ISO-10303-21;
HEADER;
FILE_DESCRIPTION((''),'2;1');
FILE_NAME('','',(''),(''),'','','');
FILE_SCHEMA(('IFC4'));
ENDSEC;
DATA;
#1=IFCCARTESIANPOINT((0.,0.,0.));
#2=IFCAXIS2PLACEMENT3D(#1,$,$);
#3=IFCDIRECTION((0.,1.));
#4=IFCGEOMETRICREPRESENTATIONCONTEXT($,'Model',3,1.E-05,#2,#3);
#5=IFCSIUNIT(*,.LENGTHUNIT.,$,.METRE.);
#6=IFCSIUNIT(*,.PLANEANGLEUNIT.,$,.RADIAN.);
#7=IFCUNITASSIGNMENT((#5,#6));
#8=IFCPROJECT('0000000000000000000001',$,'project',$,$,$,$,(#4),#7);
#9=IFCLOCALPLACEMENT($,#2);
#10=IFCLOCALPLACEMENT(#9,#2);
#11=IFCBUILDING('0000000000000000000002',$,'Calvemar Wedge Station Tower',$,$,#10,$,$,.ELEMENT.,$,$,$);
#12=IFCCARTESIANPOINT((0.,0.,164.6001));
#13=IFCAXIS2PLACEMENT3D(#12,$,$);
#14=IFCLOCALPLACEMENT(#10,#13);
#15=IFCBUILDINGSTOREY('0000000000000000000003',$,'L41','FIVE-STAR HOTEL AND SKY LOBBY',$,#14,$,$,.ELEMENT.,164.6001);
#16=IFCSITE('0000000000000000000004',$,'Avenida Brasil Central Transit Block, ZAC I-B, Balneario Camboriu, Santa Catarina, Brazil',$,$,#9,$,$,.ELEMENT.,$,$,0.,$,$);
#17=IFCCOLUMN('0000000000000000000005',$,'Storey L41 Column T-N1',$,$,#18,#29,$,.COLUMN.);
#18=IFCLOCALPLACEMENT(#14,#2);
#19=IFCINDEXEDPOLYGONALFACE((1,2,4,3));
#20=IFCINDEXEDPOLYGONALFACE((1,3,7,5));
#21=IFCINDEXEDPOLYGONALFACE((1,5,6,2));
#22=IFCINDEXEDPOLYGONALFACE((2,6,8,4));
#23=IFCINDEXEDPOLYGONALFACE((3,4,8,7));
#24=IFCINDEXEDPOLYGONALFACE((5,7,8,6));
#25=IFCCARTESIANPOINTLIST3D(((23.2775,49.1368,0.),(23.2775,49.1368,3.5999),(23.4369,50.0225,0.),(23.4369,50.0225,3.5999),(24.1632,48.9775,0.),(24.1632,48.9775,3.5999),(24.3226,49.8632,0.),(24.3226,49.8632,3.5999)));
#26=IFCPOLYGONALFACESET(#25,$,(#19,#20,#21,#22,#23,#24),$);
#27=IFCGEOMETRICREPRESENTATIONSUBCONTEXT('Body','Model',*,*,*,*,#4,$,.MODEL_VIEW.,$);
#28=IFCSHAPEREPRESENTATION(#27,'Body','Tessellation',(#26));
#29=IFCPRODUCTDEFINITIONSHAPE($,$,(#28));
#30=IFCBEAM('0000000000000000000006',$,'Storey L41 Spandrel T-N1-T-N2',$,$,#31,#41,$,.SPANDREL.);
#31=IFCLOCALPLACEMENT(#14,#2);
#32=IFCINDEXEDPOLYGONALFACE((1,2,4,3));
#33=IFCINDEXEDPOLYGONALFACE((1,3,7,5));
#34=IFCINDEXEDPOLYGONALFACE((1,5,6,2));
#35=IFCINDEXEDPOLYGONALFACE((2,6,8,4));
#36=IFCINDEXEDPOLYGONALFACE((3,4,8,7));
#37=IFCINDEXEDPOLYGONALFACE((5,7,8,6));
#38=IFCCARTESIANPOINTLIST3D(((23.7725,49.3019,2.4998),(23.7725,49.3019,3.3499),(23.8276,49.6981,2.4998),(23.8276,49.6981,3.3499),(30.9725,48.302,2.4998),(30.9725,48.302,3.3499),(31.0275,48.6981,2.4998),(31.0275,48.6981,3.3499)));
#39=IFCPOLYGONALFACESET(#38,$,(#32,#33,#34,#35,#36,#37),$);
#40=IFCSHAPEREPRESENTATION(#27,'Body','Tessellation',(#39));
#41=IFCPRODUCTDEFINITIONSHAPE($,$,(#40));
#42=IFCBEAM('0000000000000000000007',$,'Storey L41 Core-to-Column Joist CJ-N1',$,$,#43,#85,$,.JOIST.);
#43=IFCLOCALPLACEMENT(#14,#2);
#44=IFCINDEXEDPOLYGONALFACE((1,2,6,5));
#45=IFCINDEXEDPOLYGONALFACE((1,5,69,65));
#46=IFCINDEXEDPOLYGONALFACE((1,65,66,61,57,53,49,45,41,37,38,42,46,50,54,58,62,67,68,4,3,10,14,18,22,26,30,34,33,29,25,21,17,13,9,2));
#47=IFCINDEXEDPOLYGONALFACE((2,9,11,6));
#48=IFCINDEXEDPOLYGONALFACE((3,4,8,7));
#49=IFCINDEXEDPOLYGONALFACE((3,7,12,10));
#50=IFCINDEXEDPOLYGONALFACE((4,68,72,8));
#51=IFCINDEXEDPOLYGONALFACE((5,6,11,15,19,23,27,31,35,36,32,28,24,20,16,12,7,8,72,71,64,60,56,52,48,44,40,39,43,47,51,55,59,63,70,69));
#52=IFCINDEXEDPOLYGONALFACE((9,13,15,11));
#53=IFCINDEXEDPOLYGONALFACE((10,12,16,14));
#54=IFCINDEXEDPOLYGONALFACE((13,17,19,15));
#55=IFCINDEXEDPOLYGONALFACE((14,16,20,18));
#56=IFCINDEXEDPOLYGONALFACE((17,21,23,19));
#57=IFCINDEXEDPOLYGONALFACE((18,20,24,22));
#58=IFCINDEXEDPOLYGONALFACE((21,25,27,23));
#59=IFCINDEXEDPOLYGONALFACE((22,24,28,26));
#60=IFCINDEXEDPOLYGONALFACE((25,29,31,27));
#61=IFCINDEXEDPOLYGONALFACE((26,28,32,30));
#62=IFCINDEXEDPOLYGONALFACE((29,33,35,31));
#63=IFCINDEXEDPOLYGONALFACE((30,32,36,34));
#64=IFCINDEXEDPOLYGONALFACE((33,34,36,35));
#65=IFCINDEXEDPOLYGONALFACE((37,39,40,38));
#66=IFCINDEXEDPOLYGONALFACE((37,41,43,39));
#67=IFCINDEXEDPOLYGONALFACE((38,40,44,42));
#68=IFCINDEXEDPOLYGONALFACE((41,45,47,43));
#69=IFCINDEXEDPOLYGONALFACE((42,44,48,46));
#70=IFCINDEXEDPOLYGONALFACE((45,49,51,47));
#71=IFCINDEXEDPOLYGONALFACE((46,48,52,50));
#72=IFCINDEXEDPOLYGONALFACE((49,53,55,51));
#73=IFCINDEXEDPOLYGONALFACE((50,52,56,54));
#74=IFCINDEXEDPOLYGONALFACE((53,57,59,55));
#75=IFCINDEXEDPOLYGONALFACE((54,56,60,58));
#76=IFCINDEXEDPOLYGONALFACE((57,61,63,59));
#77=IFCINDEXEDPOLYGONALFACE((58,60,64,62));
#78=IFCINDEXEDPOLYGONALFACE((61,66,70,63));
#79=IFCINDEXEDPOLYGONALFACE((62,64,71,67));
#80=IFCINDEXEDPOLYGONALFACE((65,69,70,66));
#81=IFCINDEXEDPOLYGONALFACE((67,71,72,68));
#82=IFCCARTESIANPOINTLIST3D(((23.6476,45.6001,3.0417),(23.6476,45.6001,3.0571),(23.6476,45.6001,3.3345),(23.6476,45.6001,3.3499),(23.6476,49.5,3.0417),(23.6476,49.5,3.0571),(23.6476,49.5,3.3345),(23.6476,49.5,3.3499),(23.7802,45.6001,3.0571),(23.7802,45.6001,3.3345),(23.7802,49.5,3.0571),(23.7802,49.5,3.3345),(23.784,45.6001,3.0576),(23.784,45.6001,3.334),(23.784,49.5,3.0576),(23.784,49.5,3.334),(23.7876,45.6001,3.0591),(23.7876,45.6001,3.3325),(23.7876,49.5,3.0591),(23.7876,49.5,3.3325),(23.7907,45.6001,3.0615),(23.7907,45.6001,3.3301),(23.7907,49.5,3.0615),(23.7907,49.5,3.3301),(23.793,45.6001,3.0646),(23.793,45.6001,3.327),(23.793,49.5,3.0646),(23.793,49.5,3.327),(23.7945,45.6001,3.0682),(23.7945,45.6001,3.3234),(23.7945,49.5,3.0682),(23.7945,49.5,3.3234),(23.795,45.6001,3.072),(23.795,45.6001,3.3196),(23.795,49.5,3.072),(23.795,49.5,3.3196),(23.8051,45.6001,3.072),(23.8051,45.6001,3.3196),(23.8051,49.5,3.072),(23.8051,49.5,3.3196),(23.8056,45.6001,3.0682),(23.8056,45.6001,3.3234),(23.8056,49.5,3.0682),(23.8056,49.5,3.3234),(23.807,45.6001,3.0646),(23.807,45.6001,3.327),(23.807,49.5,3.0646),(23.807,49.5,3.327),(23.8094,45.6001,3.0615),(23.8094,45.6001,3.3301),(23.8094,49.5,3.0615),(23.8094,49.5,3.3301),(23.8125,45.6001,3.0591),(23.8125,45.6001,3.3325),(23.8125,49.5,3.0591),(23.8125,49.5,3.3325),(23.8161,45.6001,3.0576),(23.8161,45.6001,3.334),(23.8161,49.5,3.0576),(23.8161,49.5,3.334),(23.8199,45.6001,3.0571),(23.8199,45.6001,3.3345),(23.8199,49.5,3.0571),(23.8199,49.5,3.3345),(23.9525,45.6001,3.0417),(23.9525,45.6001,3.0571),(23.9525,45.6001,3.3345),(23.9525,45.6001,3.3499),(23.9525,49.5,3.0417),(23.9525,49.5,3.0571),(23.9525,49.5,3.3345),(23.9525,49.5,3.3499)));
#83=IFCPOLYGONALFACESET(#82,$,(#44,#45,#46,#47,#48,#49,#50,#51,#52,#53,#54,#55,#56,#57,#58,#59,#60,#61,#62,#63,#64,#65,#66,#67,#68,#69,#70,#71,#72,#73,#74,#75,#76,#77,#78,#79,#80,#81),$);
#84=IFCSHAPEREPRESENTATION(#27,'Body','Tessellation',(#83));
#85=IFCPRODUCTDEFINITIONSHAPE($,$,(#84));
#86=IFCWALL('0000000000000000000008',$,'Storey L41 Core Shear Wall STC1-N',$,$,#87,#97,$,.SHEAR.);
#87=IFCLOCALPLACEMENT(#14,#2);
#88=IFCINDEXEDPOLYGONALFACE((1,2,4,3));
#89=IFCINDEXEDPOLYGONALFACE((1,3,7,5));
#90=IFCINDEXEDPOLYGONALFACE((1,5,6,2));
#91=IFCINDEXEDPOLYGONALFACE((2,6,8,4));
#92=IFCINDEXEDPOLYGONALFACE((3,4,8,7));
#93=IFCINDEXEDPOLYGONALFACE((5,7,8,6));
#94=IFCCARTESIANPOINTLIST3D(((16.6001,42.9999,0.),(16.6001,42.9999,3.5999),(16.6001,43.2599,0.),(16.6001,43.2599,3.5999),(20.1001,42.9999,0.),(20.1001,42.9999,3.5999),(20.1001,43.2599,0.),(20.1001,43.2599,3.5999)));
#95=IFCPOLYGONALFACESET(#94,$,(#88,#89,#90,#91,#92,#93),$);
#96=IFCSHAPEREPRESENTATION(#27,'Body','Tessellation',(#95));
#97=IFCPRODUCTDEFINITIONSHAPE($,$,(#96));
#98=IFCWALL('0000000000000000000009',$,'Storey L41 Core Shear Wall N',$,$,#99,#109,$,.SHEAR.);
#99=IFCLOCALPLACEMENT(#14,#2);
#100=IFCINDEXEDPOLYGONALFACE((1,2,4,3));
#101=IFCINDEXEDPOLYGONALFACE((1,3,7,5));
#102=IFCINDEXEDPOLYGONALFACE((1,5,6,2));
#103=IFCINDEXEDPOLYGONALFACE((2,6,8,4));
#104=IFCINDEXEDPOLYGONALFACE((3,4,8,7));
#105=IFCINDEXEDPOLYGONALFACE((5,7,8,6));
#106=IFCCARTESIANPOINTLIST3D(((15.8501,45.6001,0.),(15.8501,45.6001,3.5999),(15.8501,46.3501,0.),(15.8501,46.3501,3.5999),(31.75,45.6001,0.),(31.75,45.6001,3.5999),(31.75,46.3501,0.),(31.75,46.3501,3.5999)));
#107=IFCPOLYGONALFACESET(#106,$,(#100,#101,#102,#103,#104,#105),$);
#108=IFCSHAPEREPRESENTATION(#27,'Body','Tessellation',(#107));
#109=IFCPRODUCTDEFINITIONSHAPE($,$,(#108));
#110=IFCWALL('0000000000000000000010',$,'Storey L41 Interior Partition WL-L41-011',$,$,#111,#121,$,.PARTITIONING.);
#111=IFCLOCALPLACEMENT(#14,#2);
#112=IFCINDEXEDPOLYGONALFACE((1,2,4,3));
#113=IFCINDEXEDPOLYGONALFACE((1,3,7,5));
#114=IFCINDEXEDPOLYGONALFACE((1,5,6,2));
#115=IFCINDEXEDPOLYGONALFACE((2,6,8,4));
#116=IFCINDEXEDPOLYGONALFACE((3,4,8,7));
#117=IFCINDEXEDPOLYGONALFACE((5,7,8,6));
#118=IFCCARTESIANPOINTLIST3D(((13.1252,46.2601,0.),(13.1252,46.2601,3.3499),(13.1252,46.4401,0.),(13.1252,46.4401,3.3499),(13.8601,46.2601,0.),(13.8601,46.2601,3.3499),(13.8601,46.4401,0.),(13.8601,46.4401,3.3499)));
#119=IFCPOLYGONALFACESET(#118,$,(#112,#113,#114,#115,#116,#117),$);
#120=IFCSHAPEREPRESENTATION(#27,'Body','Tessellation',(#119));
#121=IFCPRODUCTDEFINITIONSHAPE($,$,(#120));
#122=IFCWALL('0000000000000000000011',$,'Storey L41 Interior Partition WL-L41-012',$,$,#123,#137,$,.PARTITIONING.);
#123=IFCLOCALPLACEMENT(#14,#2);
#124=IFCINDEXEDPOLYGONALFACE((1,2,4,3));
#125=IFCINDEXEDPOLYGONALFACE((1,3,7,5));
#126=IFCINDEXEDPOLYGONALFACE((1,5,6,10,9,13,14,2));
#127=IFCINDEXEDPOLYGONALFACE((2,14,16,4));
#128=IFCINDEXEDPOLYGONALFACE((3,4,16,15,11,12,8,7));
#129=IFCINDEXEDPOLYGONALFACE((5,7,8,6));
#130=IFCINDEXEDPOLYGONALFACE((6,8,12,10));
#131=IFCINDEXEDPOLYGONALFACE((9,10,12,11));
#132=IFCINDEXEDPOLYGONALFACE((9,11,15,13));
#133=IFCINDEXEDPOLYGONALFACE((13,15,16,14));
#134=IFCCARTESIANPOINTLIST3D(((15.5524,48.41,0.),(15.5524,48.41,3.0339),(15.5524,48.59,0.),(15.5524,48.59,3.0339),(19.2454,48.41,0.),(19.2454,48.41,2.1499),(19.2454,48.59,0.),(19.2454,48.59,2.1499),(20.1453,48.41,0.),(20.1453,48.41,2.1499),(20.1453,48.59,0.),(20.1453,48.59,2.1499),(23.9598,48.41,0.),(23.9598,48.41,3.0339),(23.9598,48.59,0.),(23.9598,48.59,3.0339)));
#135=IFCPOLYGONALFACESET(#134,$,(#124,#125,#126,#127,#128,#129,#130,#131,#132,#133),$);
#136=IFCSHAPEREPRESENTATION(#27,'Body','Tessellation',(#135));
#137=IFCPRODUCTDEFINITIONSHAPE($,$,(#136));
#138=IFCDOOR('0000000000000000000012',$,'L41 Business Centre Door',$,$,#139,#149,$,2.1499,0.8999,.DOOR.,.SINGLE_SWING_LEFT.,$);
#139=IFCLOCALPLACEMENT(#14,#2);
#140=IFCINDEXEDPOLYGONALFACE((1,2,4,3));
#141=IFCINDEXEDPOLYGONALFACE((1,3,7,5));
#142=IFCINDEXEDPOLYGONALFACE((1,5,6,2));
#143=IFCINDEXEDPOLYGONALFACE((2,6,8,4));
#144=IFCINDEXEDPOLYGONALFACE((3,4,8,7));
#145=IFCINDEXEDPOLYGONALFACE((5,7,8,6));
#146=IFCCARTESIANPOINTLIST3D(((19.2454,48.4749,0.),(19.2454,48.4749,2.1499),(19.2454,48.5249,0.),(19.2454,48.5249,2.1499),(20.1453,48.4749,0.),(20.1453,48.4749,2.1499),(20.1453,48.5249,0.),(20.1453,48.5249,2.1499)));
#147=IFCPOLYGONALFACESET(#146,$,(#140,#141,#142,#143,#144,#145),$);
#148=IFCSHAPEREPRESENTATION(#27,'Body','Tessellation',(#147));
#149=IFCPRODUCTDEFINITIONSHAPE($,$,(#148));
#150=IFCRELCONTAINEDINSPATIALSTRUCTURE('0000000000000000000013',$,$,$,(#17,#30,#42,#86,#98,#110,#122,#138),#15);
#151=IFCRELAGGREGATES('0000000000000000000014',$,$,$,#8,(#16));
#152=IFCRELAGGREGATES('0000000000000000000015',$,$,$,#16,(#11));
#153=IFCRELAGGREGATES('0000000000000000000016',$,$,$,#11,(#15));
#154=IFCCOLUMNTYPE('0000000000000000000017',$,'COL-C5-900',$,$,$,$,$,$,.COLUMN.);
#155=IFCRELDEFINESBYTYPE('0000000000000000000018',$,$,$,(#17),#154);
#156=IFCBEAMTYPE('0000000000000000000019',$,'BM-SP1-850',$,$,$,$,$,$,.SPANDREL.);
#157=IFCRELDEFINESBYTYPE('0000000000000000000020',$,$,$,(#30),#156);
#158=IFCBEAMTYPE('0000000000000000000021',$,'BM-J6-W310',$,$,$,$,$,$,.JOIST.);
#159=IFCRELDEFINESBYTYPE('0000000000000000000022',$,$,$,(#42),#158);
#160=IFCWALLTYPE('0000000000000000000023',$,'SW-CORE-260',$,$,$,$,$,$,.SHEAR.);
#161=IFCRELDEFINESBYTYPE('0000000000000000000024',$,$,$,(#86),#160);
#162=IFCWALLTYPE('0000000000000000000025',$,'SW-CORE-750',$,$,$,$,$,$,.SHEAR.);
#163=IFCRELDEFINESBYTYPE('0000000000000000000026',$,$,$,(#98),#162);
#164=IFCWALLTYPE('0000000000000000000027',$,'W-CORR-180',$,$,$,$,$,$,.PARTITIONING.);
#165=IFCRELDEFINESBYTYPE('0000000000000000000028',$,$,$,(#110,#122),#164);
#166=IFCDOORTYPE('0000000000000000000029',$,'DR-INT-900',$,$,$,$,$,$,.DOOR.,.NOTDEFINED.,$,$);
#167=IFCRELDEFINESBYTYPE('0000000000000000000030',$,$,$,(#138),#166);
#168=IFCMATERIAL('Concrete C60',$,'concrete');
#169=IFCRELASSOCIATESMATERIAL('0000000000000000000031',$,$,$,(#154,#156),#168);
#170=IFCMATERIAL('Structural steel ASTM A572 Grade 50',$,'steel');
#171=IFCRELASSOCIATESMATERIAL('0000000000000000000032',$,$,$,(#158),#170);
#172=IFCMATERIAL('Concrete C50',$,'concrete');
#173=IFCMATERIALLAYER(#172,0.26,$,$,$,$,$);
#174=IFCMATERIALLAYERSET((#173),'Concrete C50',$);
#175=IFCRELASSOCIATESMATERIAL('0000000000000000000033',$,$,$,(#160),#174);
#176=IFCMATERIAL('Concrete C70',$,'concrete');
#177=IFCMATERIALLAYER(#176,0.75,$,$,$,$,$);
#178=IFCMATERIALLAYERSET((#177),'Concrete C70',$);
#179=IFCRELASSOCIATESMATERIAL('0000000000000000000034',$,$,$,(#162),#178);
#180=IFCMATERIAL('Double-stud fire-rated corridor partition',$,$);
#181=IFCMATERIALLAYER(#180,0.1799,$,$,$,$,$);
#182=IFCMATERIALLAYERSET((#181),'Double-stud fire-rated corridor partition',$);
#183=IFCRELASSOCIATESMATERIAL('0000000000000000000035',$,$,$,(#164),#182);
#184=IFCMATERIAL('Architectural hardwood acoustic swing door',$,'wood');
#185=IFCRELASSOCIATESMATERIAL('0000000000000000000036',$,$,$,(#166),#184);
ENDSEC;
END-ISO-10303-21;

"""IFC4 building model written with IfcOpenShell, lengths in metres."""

from ifc_helpers import new_model, si_unit, direction, frame, frame_2d, origin, origin_2d, place, context, subcontext, project, spatial, rectangle, i_section, extrude, source, transform, mapped, material, layer, layer_set, material_profile, profile_set, type_object, element, fill, save


model = new_model("IFC4")

# Units and contexts
model_context = context("Model", 3, precision=1e-05, world=origin(), true_north=direction((0.0, 1.0)))
body_context = subcontext(model_context, "Body", "Model", "MODEL_VIEW")
ifc_project = project(units=[si_unit("LENGTHUNIT", "METRE"), si_unit("PLANEANGLEUNIT", "RADIAN")], contexts=[model_context])

# Site, building, storey
site_placement = place(None, origin())
site = spatial("IfcSite", under=ifc_project, at=site_placement, Name="Avenida Brasil Central Transit Block, ZAC I-B, Balneario Camboriu, Santa Catarina, Brazil", CompositionType="ELEMENT", RefElevation=0.0)
building_placement = place(site_placement, origin())
building = spatial("IfcBuilding", under=site, at=building_placement, Name="Calvemar Wedge Station Tower", CompositionType="ELEMENT")
storey_placement = place(building_placement, frame((0.0, 0.0, 164.6001)))
storey = spatial("IfcBuildingStorey", under=building, at=storey_placement, Name="L41", Description="FIVE-STAR HOTEL AND SKY LOBBY", CompositionType="ELEMENT", Elevation=164.6001)

# Column
ifc_material_1 = material(Name="Concrete C60", Category="concrete")
ifc_material_profile_1 = material_profile(ifc_material_1, rectangle(XDim=0.8999, YDim=0.8999, at=origin_2d()), Name="RC900x900")
ifc_profile_set_1 = profile_set([ifc_material_profile_1], Name="Concrete C60")
column_type = type_object("IfcColumnType", Name="COL-C5-900", PredefinedType="COLUMN", material=ifc_profile_set_1)
shared_shape_1 = source(origin(), body_context, "Body", "SweptSolid", [
    extrude(rectangle(XDim=0.8999, YDim=0.8999, at=origin_2d()), origin(), (0.0, 0.0, 1.0), 3.5999),
])
column_placement = place(storey_placement, frame((23.8, 49.5, 0.0), z_axis=(0.0, 0.0, 1.0), x_axis=(0.984196, -0.177085, 0.0)))
element("IfcColumn", 1, at=column_placement, inside=storey, type_object=column_type, Name="Storey L41 Column T-N1", PredefinedType="COLUMN", context=body_context, shape_type="MappedRepresentation", body=[
    mapped(shared_shape_1, transform((0.0, 0.0, 0.0), scale=1.0)),
])

# Beams
ifc_material_profile_2 = material_profile(ifc_material_1, rectangle(XDim=0.3999, YDim=0.8501, at=origin_2d()), Name="RC400x850")
ifc_profile_set_2 = profile_set([ifc_material_profile_2], Name="Concrete C60")
beam_type_1 = type_object("IfcBeamType", Name="BM-SP1-850", PredefinedType="SPANDREL", material=ifc_profile_set_2)
shared_shape_2 = source(origin(), body_context, "Body", "SweptSolid", [
    extrude(rectangle(XDim=0.3999, YDim=0.8501, at=origin_2d()), origin(), (0.0, 0.0, 1.0), 7.269),
])
beam_1_placement = place(storey_placement, frame((23.8, 49.5, 2.9248), z_axis=(0.990492, -0.137569, 0.0), x_axis=(0.137569, 0.990492, 0.0)))
element("IfcBeam", 2, at=beam_1_placement, inside=storey, type_object=beam_type_1, Name="Storey L41 Spandrel T-N1-T-N2", PredefinedType="SPANDREL", context=body_context, shape_type="MappedRepresentation", body=[
    mapped(shared_shape_2, transform((0.0, 0.0, 0.0), scale=1.0)),
])
ifc_material_2 = material(Name="Structural steel ASTM A572 Grade 50", Category="steel")
ifc_material_profile_3 = material_profile(ifc_material_2, i_section(OverallWidth=0.3049, OverallDepth=0.3081, WebThickness=0.01, FlangeThickness=0.0154, FilletRadius=0.0149, at=origin_2d()), Name="W310x97")
ifc_profile_set_3 = profile_set([ifc_material_profile_3], Name="Structural steel ASTM A572 Grade 50")
beam_type_2 = type_object("IfcBeamType", Name="BM-J6-W310", PredefinedType="JOIST", material=ifc_profile_set_3)
shared_shape_3 = source(origin(), body_context, "Body", "SweptSolid", [
    extrude(i_section(OverallWidth=0.3049, OverallDepth=0.3081, WebThickness=0.01, FlangeThickness=0.0154, FilletRadius=0.0149, at=origin_2d()), origin(), (0.0, 0.0, 1.0), 3.8999),
])
beam_2_placement = place(storey_placement, frame((23.8, 45.6001, 3.1958), z_axis=(0.0, 1.0, 0.0), x_axis=(-1.0, 0.0, 0.0)))
element("IfcBeam", 3, at=beam_2_placement, inside=storey, type_object=beam_type_2, Name="Storey L41 Core-to-Column Joist CJ-N1", PredefinedType="JOIST", context=body_context, shape_type="MappedRepresentation", body=[
    mapped(shared_shape_3, transform((0.0, 0.0, 0.0), scale=1.0)),
])

# Walls
ifc_material_3 = material(Name="Concrete C50", Category="concrete")
ifc_layer_1 = layer(ifc_material_3, 0.26)
ifc_layer_set_1 = layer_set([ifc_layer_1], Name="Concrete C50")
wall_type_1 = type_object("IfcWallType", Name="SW-CORE-260", PredefinedType="SHEAR", material=ifc_layer_set_1)
wall_1_placement = place(storey_placement, frame((16.6001, 43.1299, 0.0), z_axis=(0.0, 0.0, 1.0), x_axis=(1.0, 0.0, 0.0)))
element("IfcWall", 4, at=wall_1_placement, inside=storey, type_object=wall_type_1, Name="Storey L41 Core Shear Wall STC1-N", PredefinedType="SHEAR", context=body_context, shape_type="SweptSolid", body=[
    extrude(rectangle(XDim=3.5, YDim=0.26, at=frame_2d((1.75, 0.0))), origin(), (0.0, 0.0, 1.0), 3.5999),
])
ifc_material_4 = material(Name="Concrete C70", Category="concrete")
ifc_layer_2 = layer(ifc_material_4, 0.75)
ifc_layer_set_2 = layer_set([ifc_layer_2], Name="Concrete C70")
wall_type_2 = type_object("IfcWallType", Name="SW-CORE-750", PredefinedType="SHEAR", material=ifc_layer_set_2)
wall_2_placement = place(storey_placement, frame((15.8501, 45.9751, 0.0), z_axis=(0.0, 0.0, 1.0), x_axis=(1.0, 0.0, 0.0)))
element("IfcWall", 5, at=wall_2_placement, inside=storey, type_object=wall_type_2, Name="Storey L41 Core Shear Wall N", PredefinedType="SHEAR", context=body_context, shape_type="SweptSolid", body=[
    extrude(rectangle(XDim=15.8999, YDim=0.75, at=frame_2d((7.95, 0.0))), origin(), (0.0, 0.0, 1.0), 3.5999),
])
ifc_material_5 = material(Name="Double-stud fire-rated corridor partition")
ifc_layer_3 = layer(ifc_material_5, 0.1799)
ifc_layer_set_3 = layer_set([ifc_layer_3], Name="Double-stud fire-rated corridor partition")
wall_type_3 = type_object("IfcWallType", Name="W-CORR-180", PredefinedType="PARTITIONING", material=ifc_layer_set_3)
wall_3_placement = place(storey_placement, frame((13.8601, 46.3501, 0.0), z_axis=(0.0, 0.0, 1.0), x_axis=(-1.0, 0.0, 0.0)))
element("IfcWall", 6, at=wall_3_placement, inside=storey, type_object=wall_type_3, Name="Storey L41 Interior Partition WL-L41-011", PredefinedType="PARTITIONING", context=body_context, shape_type="SweptSolid", body=[
    extrude(rectangle(XDim=0.7349, YDim=0.1799, at=frame_2d((0.3674, 0.0))), origin(), (0.0, 0.0, 1.0), 3.3499),
])

# Wall, opening, door
wall_4_placement = place(storey_placement, frame((15.5525, 48.5, 0.0), z_axis=(0.0, 0.0, 1.0), x_axis=(1.0, 0.0, 0.0)))
wall_4 = element("IfcWall", 7, at=wall_4_placement, inside=storey, type_object=wall_type_3, Name="Storey L41 Interior Partition WL-L41-012", PredefinedType="PARTITIONING", context=body_context, shape_type="SweptSolid", body=[
    extrude(rectangle(XDim=8.4075, YDim=0.1799, at=frame_2d((4.2036, 0.0))), origin(), (0.0, 0.0, 1.0), 3.0339),
])
shared_shape_4 = source(origin(), body_context, "Body", "SweptSolid", [
    extrude(rectangle(XDim=0.8999, YDim=2.1499, at=frame_2d((0.45, 1.075))), frame((0.0, 0.1001, 0.0), z_axis=(0.0, -1.0, 0.0), x_axis=(1.0, 0.0, 0.0)), (0.0, 0.0, 1.0), 0.2),
])
opening_1_placement = place(wall_4_placement, frame((3.6929, 0.0, 0.0)))
opening_1 = element("IfcOpeningElement", 8, at=opening_1_placement, cuts=wall_4, PredefinedType="OPENING", context=body_context, shape_type="MappedRepresentation", body=[
    mapped(shared_shape_4, transform((0.0, 0.0, 0.0), scale=1.0)),
])
ifc_material_6 = material(Name="Architectural hardwood acoustic swing door", Category="wood")
door_type_1 = type_object("IfcDoorType", Name="DR-INT-900", OperationType="NOTDEFINED", PredefinedType="DOOR", material=ifc_material_6)
shared_shape_5 = source(origin(), body_context, "Body", "SweptSolid", [
    extrude(rectangle(XDim=0.8999, YDim=2.1499, at=frame_2d((0.45, 1.075))), frame((0.0, 0.0249, 0.0), z_axis=(0.0, -1.0, 0.0), x_axis=(1.0, 0.0, 0.0)), (0.0, 0.0, 1.0), 0.05),
])
door_1_placement = place(opening_1_placement, origin())
door_1 = element("IfcDoor", 9, at=door_1_placement, inside=storey, type_object=door_type_1, Name="L41 Business Centre Door", OperationType="SINGLE_SWING_LEFT", OverallHeight=2.1499, OverallWidth=0.8999, PredefinedType="DOOR", context=body_context, shape_type="MappedRepresentation", body=[
    mapped(shared_shape_5, transform((0.0, 0.0, 0.0), scale=1.0)),
])
fill(opening_1, door_1)

save(model, "model.ifc")
